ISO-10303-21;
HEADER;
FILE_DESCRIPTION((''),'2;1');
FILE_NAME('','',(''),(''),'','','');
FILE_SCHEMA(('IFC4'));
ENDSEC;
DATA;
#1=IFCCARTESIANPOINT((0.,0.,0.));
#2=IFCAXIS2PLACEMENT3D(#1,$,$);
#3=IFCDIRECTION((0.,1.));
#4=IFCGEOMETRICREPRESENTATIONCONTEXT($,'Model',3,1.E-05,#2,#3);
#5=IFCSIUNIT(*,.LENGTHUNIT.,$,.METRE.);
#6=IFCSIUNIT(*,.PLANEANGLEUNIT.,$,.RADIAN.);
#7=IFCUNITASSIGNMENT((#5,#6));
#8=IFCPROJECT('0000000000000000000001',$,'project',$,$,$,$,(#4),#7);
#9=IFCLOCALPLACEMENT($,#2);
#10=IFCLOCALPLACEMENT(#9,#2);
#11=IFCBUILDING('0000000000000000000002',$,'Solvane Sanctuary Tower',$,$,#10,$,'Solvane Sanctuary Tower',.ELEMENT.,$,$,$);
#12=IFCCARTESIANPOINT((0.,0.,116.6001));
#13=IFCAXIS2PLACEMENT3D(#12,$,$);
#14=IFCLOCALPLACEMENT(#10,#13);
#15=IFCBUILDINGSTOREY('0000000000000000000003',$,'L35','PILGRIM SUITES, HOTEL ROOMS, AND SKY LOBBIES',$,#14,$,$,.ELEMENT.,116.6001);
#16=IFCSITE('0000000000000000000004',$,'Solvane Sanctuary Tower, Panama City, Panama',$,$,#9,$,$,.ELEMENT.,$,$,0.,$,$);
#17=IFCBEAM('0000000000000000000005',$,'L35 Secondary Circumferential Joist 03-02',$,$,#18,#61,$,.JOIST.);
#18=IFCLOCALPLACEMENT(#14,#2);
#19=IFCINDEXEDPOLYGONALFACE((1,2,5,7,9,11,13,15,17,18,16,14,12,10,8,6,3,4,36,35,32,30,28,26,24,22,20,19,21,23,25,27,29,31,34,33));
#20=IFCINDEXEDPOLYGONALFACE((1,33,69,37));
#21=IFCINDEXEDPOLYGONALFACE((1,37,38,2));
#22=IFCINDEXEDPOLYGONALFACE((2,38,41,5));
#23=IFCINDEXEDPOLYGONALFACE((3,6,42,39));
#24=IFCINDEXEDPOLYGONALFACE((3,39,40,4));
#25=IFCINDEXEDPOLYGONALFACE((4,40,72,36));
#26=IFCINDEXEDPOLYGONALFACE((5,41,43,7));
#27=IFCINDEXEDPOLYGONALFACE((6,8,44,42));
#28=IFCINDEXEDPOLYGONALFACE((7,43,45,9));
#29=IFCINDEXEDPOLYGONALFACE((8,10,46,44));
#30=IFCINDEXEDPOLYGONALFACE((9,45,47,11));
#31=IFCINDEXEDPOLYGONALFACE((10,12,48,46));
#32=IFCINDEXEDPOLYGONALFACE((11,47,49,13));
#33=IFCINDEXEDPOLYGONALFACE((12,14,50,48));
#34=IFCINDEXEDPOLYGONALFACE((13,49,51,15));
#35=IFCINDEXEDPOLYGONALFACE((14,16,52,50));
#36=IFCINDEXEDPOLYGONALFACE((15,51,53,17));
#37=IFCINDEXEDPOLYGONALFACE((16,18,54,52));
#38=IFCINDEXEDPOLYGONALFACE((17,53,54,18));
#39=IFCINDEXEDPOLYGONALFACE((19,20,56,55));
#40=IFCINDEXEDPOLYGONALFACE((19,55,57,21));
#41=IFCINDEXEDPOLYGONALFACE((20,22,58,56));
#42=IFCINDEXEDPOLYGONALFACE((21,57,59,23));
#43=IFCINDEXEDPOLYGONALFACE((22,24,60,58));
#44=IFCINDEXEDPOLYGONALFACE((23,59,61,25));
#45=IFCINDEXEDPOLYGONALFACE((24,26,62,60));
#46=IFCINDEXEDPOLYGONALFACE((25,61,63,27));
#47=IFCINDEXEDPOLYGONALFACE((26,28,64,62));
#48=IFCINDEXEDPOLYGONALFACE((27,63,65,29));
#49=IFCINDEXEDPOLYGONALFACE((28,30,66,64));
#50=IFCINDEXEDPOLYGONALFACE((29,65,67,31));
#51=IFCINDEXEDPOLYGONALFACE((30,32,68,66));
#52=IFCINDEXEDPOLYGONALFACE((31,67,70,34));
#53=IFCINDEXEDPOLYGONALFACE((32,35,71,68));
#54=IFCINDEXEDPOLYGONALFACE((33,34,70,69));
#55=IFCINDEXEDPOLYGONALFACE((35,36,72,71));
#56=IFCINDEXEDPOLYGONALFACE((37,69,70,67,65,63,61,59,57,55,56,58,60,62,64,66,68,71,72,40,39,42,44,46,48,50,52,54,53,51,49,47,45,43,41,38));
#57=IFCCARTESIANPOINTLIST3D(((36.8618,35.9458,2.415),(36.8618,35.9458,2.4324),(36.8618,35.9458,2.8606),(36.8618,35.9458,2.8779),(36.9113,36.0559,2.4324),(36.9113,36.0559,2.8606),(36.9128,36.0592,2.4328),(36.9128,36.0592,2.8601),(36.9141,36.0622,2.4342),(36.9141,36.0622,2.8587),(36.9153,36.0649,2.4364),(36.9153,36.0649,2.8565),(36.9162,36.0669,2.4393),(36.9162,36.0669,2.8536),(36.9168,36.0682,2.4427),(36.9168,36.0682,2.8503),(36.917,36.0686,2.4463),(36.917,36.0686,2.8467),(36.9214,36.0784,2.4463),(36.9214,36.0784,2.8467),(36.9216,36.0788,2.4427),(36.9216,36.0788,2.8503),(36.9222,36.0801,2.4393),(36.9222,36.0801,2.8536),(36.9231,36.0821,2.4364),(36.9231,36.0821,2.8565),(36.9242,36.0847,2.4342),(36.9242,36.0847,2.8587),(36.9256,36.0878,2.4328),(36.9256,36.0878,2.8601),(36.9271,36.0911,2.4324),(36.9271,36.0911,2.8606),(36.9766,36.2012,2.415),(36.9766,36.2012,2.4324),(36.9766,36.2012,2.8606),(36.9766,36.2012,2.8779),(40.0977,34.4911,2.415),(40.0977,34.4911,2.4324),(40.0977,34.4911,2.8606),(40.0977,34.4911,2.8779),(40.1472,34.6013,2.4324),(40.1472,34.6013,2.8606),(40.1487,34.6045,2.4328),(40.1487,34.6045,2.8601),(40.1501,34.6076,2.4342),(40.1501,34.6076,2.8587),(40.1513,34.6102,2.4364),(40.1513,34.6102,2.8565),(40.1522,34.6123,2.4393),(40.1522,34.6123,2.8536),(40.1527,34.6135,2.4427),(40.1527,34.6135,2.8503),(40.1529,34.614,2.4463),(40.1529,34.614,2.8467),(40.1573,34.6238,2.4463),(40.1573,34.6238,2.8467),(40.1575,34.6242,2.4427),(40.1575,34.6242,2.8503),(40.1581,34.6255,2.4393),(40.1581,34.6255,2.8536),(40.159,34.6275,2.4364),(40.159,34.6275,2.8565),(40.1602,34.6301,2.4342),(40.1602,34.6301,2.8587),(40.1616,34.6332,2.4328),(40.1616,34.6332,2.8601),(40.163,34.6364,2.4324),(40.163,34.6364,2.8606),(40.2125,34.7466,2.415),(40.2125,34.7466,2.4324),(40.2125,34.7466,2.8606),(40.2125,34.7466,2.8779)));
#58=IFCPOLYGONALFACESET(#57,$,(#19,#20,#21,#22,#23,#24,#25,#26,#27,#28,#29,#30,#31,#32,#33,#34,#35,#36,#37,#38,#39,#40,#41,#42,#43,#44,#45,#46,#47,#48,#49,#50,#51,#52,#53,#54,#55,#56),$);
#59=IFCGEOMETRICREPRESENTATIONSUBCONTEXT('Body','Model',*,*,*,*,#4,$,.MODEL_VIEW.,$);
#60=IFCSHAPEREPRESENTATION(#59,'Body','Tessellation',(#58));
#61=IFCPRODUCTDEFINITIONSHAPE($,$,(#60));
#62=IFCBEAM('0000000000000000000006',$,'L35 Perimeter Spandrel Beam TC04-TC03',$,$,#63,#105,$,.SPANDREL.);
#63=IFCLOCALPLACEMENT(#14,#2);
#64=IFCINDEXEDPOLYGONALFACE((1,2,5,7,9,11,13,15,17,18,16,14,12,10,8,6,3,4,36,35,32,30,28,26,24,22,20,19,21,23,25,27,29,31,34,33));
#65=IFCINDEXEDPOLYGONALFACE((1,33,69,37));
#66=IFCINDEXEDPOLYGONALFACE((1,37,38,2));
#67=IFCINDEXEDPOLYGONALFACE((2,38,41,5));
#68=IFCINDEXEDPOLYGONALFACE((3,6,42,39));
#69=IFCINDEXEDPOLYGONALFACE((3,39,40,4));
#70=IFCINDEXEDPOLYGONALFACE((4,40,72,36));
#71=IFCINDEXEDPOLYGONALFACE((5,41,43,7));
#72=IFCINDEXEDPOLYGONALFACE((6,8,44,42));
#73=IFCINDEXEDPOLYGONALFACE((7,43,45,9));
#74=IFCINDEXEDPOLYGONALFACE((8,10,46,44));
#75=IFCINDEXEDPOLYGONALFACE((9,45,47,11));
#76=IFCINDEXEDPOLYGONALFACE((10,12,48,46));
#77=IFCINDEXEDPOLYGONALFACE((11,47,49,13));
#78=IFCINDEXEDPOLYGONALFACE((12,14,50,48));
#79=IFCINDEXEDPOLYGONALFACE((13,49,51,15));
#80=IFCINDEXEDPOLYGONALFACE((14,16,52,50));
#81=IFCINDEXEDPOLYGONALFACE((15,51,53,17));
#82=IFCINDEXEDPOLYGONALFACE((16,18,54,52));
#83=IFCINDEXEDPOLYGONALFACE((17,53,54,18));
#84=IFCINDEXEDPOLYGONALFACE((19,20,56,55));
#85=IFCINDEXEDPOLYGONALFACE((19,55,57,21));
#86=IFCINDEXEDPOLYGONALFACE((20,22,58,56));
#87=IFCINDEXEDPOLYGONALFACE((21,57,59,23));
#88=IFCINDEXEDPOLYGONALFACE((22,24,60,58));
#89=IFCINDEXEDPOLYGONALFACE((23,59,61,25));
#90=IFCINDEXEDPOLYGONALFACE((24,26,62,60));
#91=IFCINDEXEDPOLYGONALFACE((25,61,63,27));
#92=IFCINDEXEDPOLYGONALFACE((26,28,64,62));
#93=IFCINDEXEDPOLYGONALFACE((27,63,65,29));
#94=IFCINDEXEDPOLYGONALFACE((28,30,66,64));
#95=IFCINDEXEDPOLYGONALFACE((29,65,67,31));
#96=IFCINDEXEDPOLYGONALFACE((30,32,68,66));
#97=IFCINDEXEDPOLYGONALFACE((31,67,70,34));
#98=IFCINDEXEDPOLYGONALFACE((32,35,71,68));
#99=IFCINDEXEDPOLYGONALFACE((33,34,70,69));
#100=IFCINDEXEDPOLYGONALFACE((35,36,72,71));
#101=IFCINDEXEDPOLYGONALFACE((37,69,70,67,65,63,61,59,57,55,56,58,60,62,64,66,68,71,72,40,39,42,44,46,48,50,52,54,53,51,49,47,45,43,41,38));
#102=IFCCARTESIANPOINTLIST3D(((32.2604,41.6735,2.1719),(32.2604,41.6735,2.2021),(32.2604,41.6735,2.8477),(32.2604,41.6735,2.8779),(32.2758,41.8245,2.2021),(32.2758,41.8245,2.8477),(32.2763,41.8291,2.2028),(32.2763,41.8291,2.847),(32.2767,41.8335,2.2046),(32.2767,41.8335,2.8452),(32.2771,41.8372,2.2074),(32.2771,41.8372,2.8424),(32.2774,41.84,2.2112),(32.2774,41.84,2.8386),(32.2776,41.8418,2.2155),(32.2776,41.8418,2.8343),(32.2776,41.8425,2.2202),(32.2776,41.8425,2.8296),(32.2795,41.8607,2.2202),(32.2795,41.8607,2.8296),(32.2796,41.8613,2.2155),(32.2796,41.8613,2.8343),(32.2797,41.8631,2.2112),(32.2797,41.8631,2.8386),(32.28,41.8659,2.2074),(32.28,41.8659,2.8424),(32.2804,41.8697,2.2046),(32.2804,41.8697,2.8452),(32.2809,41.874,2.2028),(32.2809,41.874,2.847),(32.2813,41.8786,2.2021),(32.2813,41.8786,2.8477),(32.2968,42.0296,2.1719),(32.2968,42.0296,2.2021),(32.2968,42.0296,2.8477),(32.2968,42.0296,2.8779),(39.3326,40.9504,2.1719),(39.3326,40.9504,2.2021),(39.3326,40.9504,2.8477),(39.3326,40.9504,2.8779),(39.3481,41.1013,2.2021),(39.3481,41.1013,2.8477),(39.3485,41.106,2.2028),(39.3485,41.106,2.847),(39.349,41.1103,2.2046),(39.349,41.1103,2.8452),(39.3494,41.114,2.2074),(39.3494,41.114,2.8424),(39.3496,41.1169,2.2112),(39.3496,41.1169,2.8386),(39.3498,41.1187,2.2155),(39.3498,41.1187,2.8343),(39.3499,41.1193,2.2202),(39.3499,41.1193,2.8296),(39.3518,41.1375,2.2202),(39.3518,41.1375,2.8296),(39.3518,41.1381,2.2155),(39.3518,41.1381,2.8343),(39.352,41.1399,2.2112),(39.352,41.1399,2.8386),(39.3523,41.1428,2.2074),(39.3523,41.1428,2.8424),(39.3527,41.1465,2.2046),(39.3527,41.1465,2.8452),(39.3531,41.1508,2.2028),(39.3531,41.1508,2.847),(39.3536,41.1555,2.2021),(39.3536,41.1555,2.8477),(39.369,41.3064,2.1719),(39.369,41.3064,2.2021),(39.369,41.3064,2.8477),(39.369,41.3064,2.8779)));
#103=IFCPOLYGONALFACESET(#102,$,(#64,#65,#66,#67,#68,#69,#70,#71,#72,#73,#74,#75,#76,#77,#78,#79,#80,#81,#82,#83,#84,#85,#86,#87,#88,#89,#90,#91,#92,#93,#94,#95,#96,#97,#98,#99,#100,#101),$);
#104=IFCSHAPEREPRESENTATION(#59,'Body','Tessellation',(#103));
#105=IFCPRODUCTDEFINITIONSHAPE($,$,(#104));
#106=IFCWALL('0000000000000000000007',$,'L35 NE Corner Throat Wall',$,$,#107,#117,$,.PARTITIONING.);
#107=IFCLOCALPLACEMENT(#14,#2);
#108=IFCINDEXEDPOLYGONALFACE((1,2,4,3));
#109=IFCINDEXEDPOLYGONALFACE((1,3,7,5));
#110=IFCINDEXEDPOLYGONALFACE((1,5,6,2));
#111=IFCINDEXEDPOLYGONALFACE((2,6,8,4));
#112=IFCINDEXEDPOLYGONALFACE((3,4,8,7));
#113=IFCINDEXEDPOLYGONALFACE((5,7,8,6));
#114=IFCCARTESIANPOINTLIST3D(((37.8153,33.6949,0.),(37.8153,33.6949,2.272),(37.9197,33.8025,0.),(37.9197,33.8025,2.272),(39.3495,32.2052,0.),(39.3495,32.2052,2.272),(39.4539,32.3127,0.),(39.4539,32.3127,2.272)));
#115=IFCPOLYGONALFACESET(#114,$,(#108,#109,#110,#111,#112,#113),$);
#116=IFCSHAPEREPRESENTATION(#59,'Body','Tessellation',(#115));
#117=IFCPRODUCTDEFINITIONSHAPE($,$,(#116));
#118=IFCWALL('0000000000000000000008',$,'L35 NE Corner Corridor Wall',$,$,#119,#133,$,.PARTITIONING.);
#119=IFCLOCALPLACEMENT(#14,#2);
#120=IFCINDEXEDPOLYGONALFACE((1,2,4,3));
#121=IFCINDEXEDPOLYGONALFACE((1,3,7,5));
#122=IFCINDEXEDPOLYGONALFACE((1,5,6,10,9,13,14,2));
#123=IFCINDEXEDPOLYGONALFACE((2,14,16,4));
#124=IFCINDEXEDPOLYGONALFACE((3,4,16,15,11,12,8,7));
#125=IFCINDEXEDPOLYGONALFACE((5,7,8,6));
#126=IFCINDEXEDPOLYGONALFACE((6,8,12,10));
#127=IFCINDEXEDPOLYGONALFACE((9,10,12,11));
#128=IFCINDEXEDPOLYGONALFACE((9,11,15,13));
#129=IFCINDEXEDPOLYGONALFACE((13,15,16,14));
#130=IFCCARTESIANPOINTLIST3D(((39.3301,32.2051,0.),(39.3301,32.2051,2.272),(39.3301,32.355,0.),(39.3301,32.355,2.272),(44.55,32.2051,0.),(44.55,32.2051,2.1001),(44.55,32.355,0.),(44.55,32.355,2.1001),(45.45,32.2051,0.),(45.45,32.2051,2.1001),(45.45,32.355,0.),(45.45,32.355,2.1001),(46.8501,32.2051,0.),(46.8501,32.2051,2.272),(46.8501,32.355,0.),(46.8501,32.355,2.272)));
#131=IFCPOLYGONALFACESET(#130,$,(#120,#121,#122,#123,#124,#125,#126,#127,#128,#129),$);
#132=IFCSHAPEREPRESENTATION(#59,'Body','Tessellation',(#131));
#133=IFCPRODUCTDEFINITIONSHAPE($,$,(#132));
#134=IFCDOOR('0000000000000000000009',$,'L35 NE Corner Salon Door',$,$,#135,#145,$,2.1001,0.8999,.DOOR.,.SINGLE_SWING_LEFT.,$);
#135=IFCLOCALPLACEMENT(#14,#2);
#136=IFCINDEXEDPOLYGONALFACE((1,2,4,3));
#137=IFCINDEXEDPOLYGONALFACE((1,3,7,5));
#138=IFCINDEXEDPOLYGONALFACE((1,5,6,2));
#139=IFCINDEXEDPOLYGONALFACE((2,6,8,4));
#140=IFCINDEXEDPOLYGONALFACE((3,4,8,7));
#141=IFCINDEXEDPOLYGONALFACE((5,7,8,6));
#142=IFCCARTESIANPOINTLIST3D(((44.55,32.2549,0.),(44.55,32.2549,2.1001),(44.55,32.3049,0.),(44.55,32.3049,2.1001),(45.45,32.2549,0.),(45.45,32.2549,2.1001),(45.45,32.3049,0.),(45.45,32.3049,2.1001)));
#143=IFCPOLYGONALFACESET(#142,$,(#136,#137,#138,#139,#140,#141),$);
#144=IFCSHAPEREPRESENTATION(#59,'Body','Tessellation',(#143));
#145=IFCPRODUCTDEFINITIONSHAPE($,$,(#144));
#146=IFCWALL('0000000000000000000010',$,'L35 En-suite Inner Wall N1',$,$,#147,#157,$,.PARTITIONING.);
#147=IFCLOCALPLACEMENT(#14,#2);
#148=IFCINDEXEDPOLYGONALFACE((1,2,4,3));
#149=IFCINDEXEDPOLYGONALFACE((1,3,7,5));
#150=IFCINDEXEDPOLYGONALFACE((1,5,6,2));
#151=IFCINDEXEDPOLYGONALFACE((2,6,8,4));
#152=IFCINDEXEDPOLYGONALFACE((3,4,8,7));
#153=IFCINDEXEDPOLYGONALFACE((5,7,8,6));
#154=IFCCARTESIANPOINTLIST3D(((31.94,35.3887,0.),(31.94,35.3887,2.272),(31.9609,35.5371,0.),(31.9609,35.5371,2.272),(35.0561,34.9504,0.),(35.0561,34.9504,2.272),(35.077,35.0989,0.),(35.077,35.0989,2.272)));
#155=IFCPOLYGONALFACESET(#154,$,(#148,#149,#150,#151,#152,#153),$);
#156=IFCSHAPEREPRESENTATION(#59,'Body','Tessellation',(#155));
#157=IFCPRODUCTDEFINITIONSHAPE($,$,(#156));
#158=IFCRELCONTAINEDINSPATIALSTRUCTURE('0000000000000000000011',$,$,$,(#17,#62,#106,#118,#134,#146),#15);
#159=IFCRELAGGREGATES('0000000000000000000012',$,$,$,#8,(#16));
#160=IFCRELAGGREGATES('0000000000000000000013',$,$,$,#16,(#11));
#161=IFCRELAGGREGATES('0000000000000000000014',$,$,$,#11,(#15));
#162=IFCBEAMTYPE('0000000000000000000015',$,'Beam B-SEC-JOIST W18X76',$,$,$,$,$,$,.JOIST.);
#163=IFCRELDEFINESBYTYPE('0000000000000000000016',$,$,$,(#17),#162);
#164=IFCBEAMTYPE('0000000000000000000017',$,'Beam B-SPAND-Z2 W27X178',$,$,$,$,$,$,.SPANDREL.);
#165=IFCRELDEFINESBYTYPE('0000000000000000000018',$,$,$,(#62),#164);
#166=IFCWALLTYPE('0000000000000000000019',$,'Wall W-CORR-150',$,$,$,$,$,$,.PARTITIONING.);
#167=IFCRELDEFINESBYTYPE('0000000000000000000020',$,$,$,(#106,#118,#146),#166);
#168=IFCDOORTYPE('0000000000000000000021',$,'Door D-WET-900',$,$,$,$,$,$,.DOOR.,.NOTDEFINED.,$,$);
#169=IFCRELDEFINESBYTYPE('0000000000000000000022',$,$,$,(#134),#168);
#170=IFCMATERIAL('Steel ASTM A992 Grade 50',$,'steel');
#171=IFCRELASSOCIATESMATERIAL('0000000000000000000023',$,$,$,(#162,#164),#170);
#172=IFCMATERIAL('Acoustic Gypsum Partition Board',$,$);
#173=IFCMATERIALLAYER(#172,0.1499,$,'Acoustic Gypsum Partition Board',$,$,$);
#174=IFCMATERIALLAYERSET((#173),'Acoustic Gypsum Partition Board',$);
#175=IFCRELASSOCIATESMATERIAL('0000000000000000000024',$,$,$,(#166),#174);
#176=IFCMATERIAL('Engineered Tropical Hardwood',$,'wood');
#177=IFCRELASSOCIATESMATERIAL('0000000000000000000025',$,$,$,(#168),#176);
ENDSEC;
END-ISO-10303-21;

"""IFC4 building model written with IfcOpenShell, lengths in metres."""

from ifc_helpers import new_model, si_unit, direction, frame, frame_2d, origin, origin_2d, place, context, subcontext, project, spatial, rectangle, i_section, extrude, material, layer, layer_set, material_profile, profile_set, type_object, element, fill, save


model = new_model("IFC4")

# Units and contexts
model_context = context("Model", 3, precision=1e-05, world=origin(), true_north=direction((0.0, 1.0)))
body_context = subcontext(model_context, "Body", "Model", "MODEL_VIEW")
ifc_project = project(units=[si_unit("LENGTHUNIT", "METRE"), si_unit("PLANEANGLEUNIT", "RADIAN")], contexts=[model_context])

# Site, building, storey
site_placement = place(None, origin())
site = spatial("IfcSite", under=ifc_project, at=site_placement, Name="Solvane Sanctuary Tower, Panama City, Panama", CompositionType="ELEMENT", RefElevation=0.0)
building_placement = place(site_placement, origin())
building = spatial("IfcBuilding", under=site, at=building_placement, Name="Solvane Sanctuary Tower", LongName="Solvane Sanctuary Tower", CompositionType="ELEMENT")
storey_placement = place(building_placement, frame((0.0, 0.0, 116.6001)))
storey = spatial("IfcBuildingStorey", under=building, at=storey_placement, Name="L35", Description="PILGRIM SUITES, HOTEL ROOMS, AND SKY LOBBIES", CompositionType="ELEMENT", Elevation=116.6001)

# Beams
ifc_material_1 = material(Name="Steel ASTM A992 Grade 50", Category="steel")
ifc_material_profile_1 = material_profile(ifc_material_1, i_section(OverallWidth=0.28, OverallDepth=0.4629, WebThickness=0.0107, FlangeThickness=0.0173, FilletRadius=0.0139, at=origin_2d()), Name="W18X76")
ifc_profile_set_1 = profile_set([ifc_material_profile_1], Name="Steel ASTM A992 Grade 50")
beam_type_1 = type_object("IfcBeamType", Name="Beam B-SEC-JOIST W18X76", PredefinedType="JOIST", material=ifc_profile_set_1)
beam_1_placement = place(storey_placement, frame((36.9192, 36.0735, 2.6465), z_axis=(0.912084, -0.410004, 0.0), x_axis=(0.410004, 0.912084, 0.0)))
element("IfcBeam", 1, at=beam_1_placement, inside=storey, type_object=beam_type_1, Name="L35 Secondary Circumferential Joist 03-02", PredefinedType="JOIST", context=body_context, shape_type="SweptSolid", body=[
    extrude(i_section(OverallWidth=0.28, OverallDepth=0.4629, WebThickness=0.0107, FlangeThickness=0.0173, FilletRadius=0.0139, at=origin_2d()), origin(), (0.0, 0.0, 1.0), 3.5479),
])
ifc_material_profile_2 = material_profile(ifc_material_1, i_section(OverallWidth=0.3579, OverallDepth=0.7061, WebThickness=0.0183, FlangeThickness=0.0303, FilletRadius=0.0181, at=origin_2d()), Name="W27X178")
ifc_profile_set_2 = profile_set([ifc_material_profile_2], Name="Steel ASTM A992 Grade 50")
beam_type_2 = type_object("IfcBeamType", Name="Beam B-SPAND-Z2 W27X178", PredefinedType="SPANDREL", material=ifc_profile_set_2)
beam_2_placement = place(storey_placement, frame((32.2786, 41.8516, 2.5249), z_axis=(0.994813, -0.10172, 0.0), x_axis=(0.10172, 0.994813, 0.0)))
element("IfcBeam", 2, at=beam_2_placement, inside=storey, type_object=beam_type_2, Name="L35 Perimeter Spandrel Beam TC04-TC03", PredefinedType="SPANDREL", context=body_context, shape_type="SweptSolid", body=[
    extrude(i_section(OverallWidth=0.3579, OverallDepth=0.7061, WebThickness=0.0183, FlangeThickness=0.0303, FilletRadius=0.0181, at=origin_2d()), origin(), (0.0, 0.0, 1.0), 7.1091),
])

# Wall
ifc_material_2 = material(Name="Acoustic Gypsum Partition Board")
ifc_layer_1 = layer(ifc_material_2, 0.1499, Name="Acoustic Gypsum Partition Board")
ifc_layer_set_1 = layer_set([ifc_layer_1], Name="Acoustic Gypsum Partition Board")
wall_type_1 = type_object("IfcWallType", Name="Wall W-CORR-150", PredefinedType="PARTITIONING", material=ifc_layer_set_1)
wall_1_placement = place(storey_placement, frame((37.8674, 33.7488, 0.0), z_axis=(0.0, 0.0, 1.0), x_axis=(0.71742, -0.696641, 0.0)))
element("IfcWall", 3, at=wall_1_placement, inside=storey, type_object=wall_type_1, Name="L35 NE Corner Throat Wall", PredefinedType="PARTITIONING", context=body_context, shape_type="SweptSolid", body=[
    extrude(rectangle(XDim=2.1384, YDim=0.1499, at=frame_2d((1.0693, 0.0))), origin(), (0.0, 0.0, 1.0), 2.272),
])

# Wall, opening, door
wall_2_placement = place(storey_placement, frame((39.3301, 32.28, 0.0), z_axis=(0.0, 0.0, 1.0), x_axis=(1.0, 0.0, 0.0)))
wall_2 = element("IfcWall", 4, at=wall_2_placement, inside=storey, type_object=wall_type_1, Name="L35 NE Corner Corridor Wall", PredefinedType="PARTITIONING", context=body_context, shape_type="SweptSolid", body=[
    extrude(rectangle(XDim=7.52, YDim=0.1499, at=frame_2d((3.76, 0.0))), origin(), (0.0, 0.0, 1.0), 2.272),
])
opening_1_placement = place(wall_2_placement, frame((5.22, 0.0, 0.0)))
opening_1 = element("IfcOpeningElement", 5, at=opening_1_placement, cuts=wall_2, PredefinedType="OPENING", context=body_context, shape_type="SweptSolid", body=[
    extrude(rectangle(XDim=0.8999, YDim=2.1001, at=frame_2d((0.45, 1.05))), frame((0.0, 0.085, 0.0), z_axis=(0.0, -1.0, 0.0), x_axis=(1.0, 0.0, 0.0)), (0.0, 0.0, 1.0), 0.1699),
])
ifc_material_3 = material(Name="Engineered Tropical Hardwood", Category="wood")
door_type_1 = type_object("IfcDoorType", Name="Door D-WET-900", OperationType="NOTDEFINED", PredefinedType="DOOR", material=ifc_material_3)
door_1_placement = place(opening_1_placement, origin())
door_1 = element("IfcDoor", 6, at=door_1_placement, inside=storey, type_object=door_type_1, Name="L35 NE Corner Salon Door", OperationType="SINGLE_SWING_LEFT", OverallHeight=2.1001, OverallWidth=0.8999, PredefinedType="DOOR", context=body_context, shape_type="SweptSolid", body=[
    extrude(rectangle(XDim=0.8999, YDim=2.1001, at=frame_2d((0.45, 1.05))), frame((0.0, 0.0249, 0.0), z_axis=(0.0, -1.0, 0.0), x_axis=(1.0, 0.0, 0.0)), (0.0, 0.0, 1.0), 0.05),
])
fill(opening_1, door_1)

# Wall
wall_3_placement = place(storey_placement, frame((35.0664, 35.0247, 0.0), z_axis=(0.0, 0.0, 1.0), x_axis=(-0.990254, 0.13927, 0.0)))
element("IfcWall", 7, at=wall_3_placement, inside=storey, type_object=wall_type_1, Name="L35 En-suite Inner Wall N1", PredefinedType="PARTITIONING", context=body_context, shape_type="SweptSolid", body=[
    extrude(rectangle(XDim=3.1467, YDim=0.1499, at=frame_2d((1.5732, 0.0))), origin(), (0.0, 0.0, 1.0), 2.272),
])

save(model, "model.ifc")
